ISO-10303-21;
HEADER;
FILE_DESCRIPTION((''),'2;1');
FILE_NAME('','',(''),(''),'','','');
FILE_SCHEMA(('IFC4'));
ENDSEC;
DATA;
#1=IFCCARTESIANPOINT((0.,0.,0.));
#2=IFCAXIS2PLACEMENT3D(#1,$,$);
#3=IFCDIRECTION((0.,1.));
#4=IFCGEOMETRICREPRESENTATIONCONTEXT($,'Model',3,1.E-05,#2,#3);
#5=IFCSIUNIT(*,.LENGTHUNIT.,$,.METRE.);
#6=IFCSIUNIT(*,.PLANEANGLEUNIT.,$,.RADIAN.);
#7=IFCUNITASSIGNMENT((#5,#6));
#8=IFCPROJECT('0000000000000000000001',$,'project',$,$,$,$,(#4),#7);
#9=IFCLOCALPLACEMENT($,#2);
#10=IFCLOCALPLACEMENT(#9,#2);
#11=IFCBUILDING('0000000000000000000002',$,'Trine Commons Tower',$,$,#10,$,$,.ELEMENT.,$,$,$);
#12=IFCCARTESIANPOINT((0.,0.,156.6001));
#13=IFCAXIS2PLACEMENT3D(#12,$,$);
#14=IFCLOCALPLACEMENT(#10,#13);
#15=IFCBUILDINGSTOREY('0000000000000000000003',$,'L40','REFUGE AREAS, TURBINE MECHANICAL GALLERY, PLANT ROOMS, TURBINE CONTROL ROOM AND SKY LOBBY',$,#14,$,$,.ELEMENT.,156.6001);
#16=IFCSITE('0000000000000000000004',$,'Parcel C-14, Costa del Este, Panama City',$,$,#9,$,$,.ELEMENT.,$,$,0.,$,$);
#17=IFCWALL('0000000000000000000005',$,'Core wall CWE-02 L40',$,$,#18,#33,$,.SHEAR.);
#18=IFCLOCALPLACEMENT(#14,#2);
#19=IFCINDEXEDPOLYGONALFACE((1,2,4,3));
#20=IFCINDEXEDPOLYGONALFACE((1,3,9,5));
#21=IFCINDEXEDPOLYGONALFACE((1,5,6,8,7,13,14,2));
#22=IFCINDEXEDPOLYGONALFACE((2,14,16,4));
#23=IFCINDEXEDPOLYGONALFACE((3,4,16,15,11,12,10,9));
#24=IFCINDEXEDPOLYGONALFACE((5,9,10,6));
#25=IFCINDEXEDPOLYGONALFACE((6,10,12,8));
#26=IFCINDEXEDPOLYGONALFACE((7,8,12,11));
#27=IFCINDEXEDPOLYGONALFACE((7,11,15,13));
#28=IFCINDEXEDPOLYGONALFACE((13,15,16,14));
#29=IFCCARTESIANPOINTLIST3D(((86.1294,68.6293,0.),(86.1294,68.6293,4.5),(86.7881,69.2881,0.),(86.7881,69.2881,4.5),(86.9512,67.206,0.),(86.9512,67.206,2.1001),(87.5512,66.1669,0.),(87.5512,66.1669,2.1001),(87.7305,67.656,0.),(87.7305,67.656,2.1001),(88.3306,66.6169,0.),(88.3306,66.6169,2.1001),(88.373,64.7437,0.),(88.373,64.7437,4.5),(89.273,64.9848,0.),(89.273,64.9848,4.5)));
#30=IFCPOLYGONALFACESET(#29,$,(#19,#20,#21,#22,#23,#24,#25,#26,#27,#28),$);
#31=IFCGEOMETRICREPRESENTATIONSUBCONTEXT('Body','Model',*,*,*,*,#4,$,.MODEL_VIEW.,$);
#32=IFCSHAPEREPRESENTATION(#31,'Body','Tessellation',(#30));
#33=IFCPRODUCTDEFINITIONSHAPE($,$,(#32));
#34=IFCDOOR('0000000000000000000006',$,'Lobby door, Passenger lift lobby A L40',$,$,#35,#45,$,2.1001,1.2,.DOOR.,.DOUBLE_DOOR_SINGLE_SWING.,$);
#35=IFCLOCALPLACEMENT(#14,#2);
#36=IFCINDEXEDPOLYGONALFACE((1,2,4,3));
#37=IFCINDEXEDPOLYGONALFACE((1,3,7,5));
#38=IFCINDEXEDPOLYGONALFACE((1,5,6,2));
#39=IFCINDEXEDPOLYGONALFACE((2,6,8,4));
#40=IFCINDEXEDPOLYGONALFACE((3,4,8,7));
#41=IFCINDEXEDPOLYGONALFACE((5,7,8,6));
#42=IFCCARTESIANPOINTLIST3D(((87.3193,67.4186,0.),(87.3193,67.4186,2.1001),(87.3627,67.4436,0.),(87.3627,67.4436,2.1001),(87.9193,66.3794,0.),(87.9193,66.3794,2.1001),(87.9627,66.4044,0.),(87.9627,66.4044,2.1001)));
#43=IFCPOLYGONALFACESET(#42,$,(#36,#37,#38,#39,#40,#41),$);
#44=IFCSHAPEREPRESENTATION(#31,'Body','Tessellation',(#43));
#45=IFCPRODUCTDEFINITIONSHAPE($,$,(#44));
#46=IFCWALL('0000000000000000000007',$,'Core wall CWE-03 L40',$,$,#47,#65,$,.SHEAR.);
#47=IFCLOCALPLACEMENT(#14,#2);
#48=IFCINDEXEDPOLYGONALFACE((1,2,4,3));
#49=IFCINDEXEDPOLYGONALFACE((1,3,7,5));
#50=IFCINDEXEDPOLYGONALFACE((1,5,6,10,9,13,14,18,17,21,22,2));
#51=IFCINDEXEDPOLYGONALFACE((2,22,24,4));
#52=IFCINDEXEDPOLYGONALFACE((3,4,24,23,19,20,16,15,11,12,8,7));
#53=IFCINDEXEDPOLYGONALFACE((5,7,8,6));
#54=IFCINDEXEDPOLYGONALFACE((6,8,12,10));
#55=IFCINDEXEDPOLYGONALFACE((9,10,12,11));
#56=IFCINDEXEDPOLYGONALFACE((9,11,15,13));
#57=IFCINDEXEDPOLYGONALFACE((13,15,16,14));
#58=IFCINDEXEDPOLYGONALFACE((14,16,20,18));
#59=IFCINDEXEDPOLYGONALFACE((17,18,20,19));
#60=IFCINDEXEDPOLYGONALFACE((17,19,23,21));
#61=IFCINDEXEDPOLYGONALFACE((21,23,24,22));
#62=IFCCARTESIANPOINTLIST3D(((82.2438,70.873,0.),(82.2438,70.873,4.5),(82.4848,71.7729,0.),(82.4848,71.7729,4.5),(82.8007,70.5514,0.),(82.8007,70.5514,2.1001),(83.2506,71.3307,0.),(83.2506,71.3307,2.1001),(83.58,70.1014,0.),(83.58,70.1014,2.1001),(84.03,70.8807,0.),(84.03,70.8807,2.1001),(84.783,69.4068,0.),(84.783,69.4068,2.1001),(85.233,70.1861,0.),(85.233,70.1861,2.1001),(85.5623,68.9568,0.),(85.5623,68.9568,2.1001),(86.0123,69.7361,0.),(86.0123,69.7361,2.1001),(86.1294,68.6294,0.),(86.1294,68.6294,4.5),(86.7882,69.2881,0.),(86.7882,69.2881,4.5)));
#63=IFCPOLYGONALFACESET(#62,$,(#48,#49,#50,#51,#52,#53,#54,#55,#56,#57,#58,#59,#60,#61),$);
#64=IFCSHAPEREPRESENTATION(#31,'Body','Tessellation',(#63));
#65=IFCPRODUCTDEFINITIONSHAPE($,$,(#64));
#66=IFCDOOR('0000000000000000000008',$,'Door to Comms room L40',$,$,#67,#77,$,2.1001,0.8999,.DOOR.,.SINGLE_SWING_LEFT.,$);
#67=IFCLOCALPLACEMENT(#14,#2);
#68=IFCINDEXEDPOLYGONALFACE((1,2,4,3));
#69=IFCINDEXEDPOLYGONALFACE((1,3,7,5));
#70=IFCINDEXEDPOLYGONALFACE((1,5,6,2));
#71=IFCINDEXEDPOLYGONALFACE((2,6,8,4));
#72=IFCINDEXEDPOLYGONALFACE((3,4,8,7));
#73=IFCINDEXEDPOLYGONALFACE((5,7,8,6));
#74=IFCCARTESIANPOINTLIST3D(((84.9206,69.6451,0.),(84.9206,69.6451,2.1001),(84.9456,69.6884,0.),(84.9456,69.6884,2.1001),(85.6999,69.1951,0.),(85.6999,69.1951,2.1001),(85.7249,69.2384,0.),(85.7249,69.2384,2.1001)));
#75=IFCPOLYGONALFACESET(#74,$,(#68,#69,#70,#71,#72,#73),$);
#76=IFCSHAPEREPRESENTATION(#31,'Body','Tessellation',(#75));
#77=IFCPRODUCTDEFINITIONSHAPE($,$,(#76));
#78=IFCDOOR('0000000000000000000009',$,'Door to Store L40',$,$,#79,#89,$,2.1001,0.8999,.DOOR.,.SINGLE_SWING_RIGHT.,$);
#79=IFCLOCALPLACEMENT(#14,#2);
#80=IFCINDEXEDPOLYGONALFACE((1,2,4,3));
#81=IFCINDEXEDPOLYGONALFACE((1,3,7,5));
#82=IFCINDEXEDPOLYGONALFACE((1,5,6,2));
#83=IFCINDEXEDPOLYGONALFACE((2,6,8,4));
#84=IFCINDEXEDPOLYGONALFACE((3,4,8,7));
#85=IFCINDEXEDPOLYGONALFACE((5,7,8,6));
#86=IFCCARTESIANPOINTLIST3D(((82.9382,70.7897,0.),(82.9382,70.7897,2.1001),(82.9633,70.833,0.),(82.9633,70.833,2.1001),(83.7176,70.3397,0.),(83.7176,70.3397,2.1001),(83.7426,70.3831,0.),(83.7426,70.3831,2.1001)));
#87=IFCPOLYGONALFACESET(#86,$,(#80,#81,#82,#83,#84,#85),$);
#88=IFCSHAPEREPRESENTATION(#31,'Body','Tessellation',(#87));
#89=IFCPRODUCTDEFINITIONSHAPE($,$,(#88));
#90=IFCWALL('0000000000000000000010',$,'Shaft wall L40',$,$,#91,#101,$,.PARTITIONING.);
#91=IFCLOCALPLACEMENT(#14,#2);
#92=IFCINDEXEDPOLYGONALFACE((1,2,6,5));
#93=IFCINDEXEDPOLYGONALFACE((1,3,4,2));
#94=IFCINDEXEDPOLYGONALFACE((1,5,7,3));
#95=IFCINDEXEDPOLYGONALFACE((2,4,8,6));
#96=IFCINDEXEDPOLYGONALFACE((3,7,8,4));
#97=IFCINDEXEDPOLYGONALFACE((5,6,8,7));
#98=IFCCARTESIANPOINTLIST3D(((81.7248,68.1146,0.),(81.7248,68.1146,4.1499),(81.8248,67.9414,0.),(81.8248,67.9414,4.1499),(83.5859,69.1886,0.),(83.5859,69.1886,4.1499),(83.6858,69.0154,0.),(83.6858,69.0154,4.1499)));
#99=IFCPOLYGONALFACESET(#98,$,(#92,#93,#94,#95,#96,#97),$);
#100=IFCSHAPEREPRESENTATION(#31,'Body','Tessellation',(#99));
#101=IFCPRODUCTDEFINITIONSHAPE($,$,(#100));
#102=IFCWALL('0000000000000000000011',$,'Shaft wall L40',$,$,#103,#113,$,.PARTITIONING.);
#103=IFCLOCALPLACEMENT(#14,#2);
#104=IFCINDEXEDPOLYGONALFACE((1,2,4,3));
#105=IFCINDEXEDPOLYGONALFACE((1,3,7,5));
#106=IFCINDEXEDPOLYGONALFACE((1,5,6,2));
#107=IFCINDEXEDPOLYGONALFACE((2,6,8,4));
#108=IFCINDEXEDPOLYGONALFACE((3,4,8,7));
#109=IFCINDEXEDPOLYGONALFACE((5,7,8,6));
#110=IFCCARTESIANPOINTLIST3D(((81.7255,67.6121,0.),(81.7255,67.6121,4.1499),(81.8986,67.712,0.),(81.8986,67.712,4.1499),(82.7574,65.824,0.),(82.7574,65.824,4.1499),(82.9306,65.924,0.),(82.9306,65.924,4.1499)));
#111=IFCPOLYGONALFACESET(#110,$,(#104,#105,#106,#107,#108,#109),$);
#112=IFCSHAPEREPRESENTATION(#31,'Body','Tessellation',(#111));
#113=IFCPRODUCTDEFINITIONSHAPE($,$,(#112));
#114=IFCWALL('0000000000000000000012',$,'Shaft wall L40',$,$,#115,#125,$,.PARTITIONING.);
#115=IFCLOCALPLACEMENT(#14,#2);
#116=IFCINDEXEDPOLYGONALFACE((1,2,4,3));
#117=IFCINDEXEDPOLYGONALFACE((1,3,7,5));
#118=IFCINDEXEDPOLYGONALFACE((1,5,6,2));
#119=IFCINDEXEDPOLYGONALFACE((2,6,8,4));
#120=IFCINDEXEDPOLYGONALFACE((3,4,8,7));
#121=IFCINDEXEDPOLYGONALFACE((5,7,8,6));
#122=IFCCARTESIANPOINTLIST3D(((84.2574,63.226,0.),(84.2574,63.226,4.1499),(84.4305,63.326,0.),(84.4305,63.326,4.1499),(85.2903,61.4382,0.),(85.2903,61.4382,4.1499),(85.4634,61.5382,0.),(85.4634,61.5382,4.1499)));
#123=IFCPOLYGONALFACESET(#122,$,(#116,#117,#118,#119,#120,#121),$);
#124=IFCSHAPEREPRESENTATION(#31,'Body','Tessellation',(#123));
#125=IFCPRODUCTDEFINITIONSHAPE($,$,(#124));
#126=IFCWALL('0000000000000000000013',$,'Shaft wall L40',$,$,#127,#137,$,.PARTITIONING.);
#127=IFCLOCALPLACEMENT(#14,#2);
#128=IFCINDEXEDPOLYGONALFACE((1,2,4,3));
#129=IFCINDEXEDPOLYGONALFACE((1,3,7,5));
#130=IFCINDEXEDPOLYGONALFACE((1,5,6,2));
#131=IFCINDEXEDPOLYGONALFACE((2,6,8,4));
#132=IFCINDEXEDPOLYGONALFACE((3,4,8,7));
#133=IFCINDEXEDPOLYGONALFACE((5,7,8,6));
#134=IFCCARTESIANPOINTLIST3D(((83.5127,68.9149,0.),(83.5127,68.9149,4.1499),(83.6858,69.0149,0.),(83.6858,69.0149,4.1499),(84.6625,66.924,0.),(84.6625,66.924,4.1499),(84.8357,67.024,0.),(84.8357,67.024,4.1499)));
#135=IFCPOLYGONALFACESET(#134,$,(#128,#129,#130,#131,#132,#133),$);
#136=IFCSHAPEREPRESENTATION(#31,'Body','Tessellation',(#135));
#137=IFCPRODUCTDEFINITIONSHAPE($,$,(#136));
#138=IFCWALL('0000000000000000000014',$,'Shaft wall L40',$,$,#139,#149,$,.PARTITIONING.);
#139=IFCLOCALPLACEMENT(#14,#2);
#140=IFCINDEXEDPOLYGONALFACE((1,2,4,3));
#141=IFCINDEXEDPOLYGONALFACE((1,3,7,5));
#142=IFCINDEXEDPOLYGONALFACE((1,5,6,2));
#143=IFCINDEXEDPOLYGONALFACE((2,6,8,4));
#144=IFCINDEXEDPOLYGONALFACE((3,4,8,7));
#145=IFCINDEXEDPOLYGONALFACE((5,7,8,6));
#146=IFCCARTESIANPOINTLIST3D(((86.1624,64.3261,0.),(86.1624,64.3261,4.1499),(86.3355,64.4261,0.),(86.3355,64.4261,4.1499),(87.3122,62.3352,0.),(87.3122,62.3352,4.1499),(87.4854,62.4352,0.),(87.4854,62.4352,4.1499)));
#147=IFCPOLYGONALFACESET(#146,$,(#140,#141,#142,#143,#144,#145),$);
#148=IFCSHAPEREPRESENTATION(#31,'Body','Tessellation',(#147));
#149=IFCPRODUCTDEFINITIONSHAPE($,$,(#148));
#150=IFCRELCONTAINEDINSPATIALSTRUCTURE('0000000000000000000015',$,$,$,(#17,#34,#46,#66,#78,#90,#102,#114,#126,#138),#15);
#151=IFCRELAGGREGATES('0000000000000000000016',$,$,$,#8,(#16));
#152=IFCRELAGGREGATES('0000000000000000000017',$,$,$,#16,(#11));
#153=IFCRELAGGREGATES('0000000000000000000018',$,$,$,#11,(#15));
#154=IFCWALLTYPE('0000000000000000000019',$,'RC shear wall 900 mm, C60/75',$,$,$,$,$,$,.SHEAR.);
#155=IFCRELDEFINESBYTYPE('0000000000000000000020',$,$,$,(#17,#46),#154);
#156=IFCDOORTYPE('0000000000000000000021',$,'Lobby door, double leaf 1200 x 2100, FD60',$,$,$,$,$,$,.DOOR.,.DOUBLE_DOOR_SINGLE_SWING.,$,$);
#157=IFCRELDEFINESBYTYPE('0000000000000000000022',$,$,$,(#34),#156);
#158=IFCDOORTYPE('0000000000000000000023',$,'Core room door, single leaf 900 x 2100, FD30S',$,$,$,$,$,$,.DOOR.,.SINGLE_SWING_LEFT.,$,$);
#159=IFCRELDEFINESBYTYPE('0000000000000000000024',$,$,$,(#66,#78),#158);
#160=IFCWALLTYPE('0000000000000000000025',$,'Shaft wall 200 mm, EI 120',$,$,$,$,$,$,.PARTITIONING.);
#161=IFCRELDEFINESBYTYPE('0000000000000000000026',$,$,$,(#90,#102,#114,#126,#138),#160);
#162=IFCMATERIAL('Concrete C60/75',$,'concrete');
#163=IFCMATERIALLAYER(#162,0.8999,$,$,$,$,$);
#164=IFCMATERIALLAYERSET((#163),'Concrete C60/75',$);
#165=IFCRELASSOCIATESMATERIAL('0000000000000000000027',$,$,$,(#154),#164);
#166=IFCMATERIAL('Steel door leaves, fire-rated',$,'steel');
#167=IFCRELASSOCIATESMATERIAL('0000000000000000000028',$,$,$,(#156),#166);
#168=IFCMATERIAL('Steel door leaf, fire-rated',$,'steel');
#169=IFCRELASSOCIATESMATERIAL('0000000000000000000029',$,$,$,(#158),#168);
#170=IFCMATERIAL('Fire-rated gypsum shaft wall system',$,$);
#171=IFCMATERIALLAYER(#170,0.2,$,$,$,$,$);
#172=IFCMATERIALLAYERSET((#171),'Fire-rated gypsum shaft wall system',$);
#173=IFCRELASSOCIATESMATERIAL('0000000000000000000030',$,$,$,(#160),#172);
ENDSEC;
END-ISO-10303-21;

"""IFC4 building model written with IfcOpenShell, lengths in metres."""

from ifc_helpers import new_model, si_unit, direction, frame, frame_2d, origin, place, context, subcontext, project, spatial, polyline, rectangle, outline, extrude, material, layer, layer_set, type_object, element, fill, save


model = new_model("IFC4")

# Units and contexts
model_context = context("Model", 3, precision=1e-05, world=origin(), true_north=direction((0.0, 1.0)))
body_context = subcontext(model_context, "Body", "Model", "MODEL_VIEW")
ifc_project = project(units=[si_unit("LENGTHUNIT", "METRE"), si_unit("PLANEANGLEUNIT", "RADIAN")], contexts=[model_context])

# Site, building, storey
site_placement = place(None, origin())
site = spatial("IfcSite", under=ifc_project, at=site_placement, Name="Parcel C-14, Costa del Este, Panama City", CompositionType="ELEMENT", RefElevation=0.0)
building_placement = place(site_placement, origin())
building = spatial("IfcBuilding", under=site, at=building_placement, Name="Trine Commons Tower", CompositionType="ELEMENT")
storey_placement = place(building_placement, frame((0.0, 0.0, 156.6001)))
storey = spatial("IfcBuildingStorey", under=building, at=storey_placement, Name="L40", Description="REFUGE AREAS, TURBINE MECHANICAL GALLERY, PLANT ROOMS, TURBINE CONTROL ROOM AND SKY LOBBY", CompositionType="ELEMENT", Elevation=156.6001)

# Shared definitions
ifc_material_1 = material(Name="Fire-rated gypsum shaft wall system")
ifc_material_2 = material(Name="Steel door leaf, fire-rated", Category="steel")
ifc_material_3 = material(Name="Concrete C60/75", Category="concrete")

# Wall, opening, door
ifc_layer_1 = layer(ifc_material_3, 0.8999)
ifc_layer_set_1 = layer_set([ifc_layer_1], Name="Concrete C60/75")
wall_type_1 = type_object("IfcWallType", Name="RC shear wall 900 mm, C60/75", PredefinedType="SHEAR", material=ifc_layer_set_1)
wall_1_placement = place(storey_placement, frame((88.8833, 64.7598, 0.0), z_axis=(0.0, 0.0, 1.0), x_axis=(-0.500039, 0.866003, 0.0)))
wall_1 = element("IfcWall", 1, at=wall_1_placement, inside=storey, type_object=wall_type_1, Name="Core wall CWE-02 L40", PredefinedType="SHEAR", context=body_context, shape_type="SweptSolid", body=[
    extrude(outline(polyline([(0.0, -0.45), (4.9692, -0.45), (4.728, 0.45), (0.2412, 0.45), (0.0, -0.45)])), origin(), (0.0, 0.0, 1.0), 4.5),
])
opening_1_placement = place(wall_1_placement, frame((1.8845, 0.0, 0.0)))
opening_1 = element("IfcOpeningElement", 2, at=opening_1_placement, cuts=wall_1, PredefinedType="OPENING", context=body_context, shape_type="SweptSolid", body=[
    extrude(rectangle(XDim=1.2, YDim=2.1001, at=frame_2d((0.6001, 1.05))), frame((0.0, 0.46, 0.0), z_axis=(0.0, -1.0, 0.0), x_axis=(1.0, 0.0, 0.0)), (0.0, 0.0, 1.0), 0.9199),
])
ifc_material_4 = material(Name="Steel door leaves, fire-rated", Category="steel")
door_type_1 = type_object("IfcDoorType", Name="Lobby door, double leaf 1200 x 2100, FD60", OperationType="DOUBLE_DOOR_SINGLE_SWING", PredefinedType="DOOR", material=ifc_material_4)
door_1_placement = place(opening_1_placement, origin())
door_1 = element("IfcDoor", 3, at=door_1_placement, inside=storey, type_object=door_type_1, Name="Lobby door, Passenger lift lobby A L40", OperationType="DOUBLE_DOOR_SINGLE_SWING", OverallHeight=2.1001, OverallWidth=1.2, PredefinedType="DOOR", context=body_context, shape_type="SweptSolid", body=[
    extrude(rectangle(XDim=1.2, YDim=2.1001, at=frame_2d((0.6001, 1.05))), frame((0.0, 0.0249, 0.0), z_axis=(0.0, -1.0, 0.0), x_axis=(1.0, 0.0, 0.0)), (0.0, 0.0, 1.0), 0.05),
])
fill(opening_1, door_1)

# Wall, openings, doors
wall_2_placement = place(storey_placement, frame((86.5632, 68.8984, 0.0), z_axis=(0.0, 0.0, 1.0), x_axis=(-0.866003, 0.500039, 0.0)))
wall_2 = element("IfcWall", 4, at=wall_2_placement, inside=storey, type_object=wall_type_1, Name="Core wall CWE-03 L40", PredefinedType="SHEAR", context=body_context, shape_type="SweptSolid", body=[
    extrude(outline(polyline([(0.0, -0.45), (4.9692, -0.45), (4.728, 0.45), (0.2412, 0.45), (0.0, -0.45)])), origin(), (0.0, 0.0, 1.0), 4.5),
])
opening_2_placement = place(wall_2_placement, frame((0.896, 0.0, 0.0)))
opening_2 = element("IfcOpeningElement", 5, at=opening_2_placement, cuts=wall_2, PredefinedType="OPENING", context=body_context, shape_type="SweptSolid", body=[
    extrude(rectangle(XDim=0.8999, YDim=2.1001, at=frame_2d((0.45, 1.05))), frame((0.0, 0.46, 0.0), z_axis=(0.0, -1.0, 0.0), x_axis=(1.0, 0.0, 0.0)), (0.0, 0.0, 1.0), 0.9199),
])
opening_3_placement = place(wall_2_placement, frame((3.1851, 0.0, 0.0)))
opening_3 = element("IfcOpeningElement", 6, at=opening_3_placement, cuts=wall_2, PredefinedType="OPENING", context=body_context, shape_type="SweptSolid", body=[
    extrude(rectangle(XDim=0.8999, YDim=2.1001, at=frame_2d((0.45, 1.05))), frame((0.0, 0.46, 0.0), z_axis=(0.0, -1.0, 0.0), x_axis=(1.0, 0.0, 0.0)), (0.0, 0.0, 1.0), 0.9199),
])
door_type_2 = type_object("IfcDoorType", Name="Core room door, single leaf 900 x 2100, FD30S", OperationType="SINGLE_SWING_LEFT", PredefinedType="DOOR", material=ifc_material_2)
door_2_placement = place(opening_2_placement, origin())
door_2 = element("IfcDoor", 7, at=door_2_placement, inside=storey, type_object=door_type_2, Name="Door to Comms room L40", OperationType="SINGLE_SWING_LEFT", OverallHeight=2.1001, OverallWidth=0.8999, PredefinedType="DOOR", context=body_context, shape_type="SweptSolid", body=[
    extrude(rectangle(XDim=0.8999, YDim=2.1001, at=frame_2d((0.45, 1.05))), frame((0.0, 0.1748, 0.0), z_axis=(0.0, -1.0, 0.0), x_axis=(1.0, 0.0, 0.0)), (0.0, 0.0, 1.0), 0.05),
])
fill(opening_2, door_2)
door_3_placement = place(opening_3_placement, origin())
door_3 = element("IfcDoor", 8, at=door_3_placement, inside=storey, type_object=door_type_2, Name="Door to Store L40", OperationType="SINGLE_SWING_RIGHT", OverallHeight=2.1001, OverallWidth=0.8999, PredefinedType="DOOR", context=body_context, shape_type="SweptSolid", body=[
    extrude(rectangle(XDim=0.8999, YDim=2.1001, at=frame_2d((0.45, 1.05))), frame((0.0, 0.1748, 0.0), z_axis=(0.0, -1.0, 0.0), x_axis=(1.0, 0.0, 0.0)), (0.0, 0.0, 1.0), 0.05),
])
fill(opening_3, door_3)

# Walls
ifc_layer_2 = layer(ifc_material_1, 0.2)
ifc_layer_set_2 = layer_set([ifc_layer_2], Name="Fire-rated gypsum shaft wall system")
wall_type_2 = type_object("IfcWallType", Name="Shaft wall 200 mm, EI 120", PredefinedType="PARTITIONING", material=ifc_layer_set_2)
wall_3_placement = place(storey_placement, frame((81.7749, 68.0281, 0.0), z_axis=(0.0, 0.0, 1.0), x_axis=(0.866131, 0.499818, 0.0)))
element("IfcWall", 9, at=wall_3_placement, inside=storey, type_object=wall_type_2, Name="Shaft wall L40", PredefinedType="PARTITIONING", context=body_context, shape_type="SweptSolid", body=[
    extrude(rectangle(XDim=2.1487, YDim=0.2, at=frame_2d((1.0742, 0.0))), origin(), (0.0, 0.0, 1.0), 4.1499),
])
wall_4_placement = place(storey_placement, frame((82.844, 65.874, 0.0), z_axis=(0.0, 0.0, 1.0), x_axis=(-0.499866, 0.866103, 0.0)))
element("IfcWall", 10, at=wall_4_placement, inside=storey, type_object=wall_type_2, Name="Shaft wall L40", PredefinedType="PARTITIONING", context=body_context, shape_type="SweptSolid", body=[
    extrude(rectangle(XDim=2.0645, YDim=0.2, at=frame_2d((1.0322, 0.0))), origin(), (0.0, 0.0, 1.0), 4.1499),
])
wall_5_placement = place(storey_placement, frame((84.344, 63.2759, 0.0), z_axis=(0.0, 0.0, 1.0), x_axis=(0.500272, -0.865868, 0.0)))
element("IfcWall", 11, at=wall_5_placement, inside=storey, type_object=wall_type_2, Name="Shaft wall L40", PredefinedType="PARTITIONING", context=body_context, shape_type="SweptSolid", body=[
    extrude(rectangle(XDim=2.0647, YDim=0.2, at=frame_2d((1.0322, 0.0))), origin(), (0.0, 0.0, 1.0), 4.1499),
])
for number, where, z_axis, x_axis, name in (
    (12, (84.749, 66.9741, 0.0), (0.0, 0.0, 1.0), (-0.500136, 0.865947, 0.0), "Shaft wall L40"),
    (13, (86.249, 64.376, 0.0), (0.0, 0.0, 1.0), (0.500136, -0.865947, 0.0), "Shaft wall L40"),
):
    element("IfcWall", number, at=place(storey_placement, frame(where, z_axis=z_axis, x_axis=x_axis)), inside=storey, type_object=wall_type_2, Name=name, PredefinedType="PARTITIONING", context=body_context, shape_type="SweptSolid", body=[
        extrude(rectangle(XDim=2.2991, YDim=0.2, at=frame_2d((1.1494, 0.0))), origin(), (0.0, 0.0, 1.0), 4.1499),
    ])

save(model, "model.ifc")
